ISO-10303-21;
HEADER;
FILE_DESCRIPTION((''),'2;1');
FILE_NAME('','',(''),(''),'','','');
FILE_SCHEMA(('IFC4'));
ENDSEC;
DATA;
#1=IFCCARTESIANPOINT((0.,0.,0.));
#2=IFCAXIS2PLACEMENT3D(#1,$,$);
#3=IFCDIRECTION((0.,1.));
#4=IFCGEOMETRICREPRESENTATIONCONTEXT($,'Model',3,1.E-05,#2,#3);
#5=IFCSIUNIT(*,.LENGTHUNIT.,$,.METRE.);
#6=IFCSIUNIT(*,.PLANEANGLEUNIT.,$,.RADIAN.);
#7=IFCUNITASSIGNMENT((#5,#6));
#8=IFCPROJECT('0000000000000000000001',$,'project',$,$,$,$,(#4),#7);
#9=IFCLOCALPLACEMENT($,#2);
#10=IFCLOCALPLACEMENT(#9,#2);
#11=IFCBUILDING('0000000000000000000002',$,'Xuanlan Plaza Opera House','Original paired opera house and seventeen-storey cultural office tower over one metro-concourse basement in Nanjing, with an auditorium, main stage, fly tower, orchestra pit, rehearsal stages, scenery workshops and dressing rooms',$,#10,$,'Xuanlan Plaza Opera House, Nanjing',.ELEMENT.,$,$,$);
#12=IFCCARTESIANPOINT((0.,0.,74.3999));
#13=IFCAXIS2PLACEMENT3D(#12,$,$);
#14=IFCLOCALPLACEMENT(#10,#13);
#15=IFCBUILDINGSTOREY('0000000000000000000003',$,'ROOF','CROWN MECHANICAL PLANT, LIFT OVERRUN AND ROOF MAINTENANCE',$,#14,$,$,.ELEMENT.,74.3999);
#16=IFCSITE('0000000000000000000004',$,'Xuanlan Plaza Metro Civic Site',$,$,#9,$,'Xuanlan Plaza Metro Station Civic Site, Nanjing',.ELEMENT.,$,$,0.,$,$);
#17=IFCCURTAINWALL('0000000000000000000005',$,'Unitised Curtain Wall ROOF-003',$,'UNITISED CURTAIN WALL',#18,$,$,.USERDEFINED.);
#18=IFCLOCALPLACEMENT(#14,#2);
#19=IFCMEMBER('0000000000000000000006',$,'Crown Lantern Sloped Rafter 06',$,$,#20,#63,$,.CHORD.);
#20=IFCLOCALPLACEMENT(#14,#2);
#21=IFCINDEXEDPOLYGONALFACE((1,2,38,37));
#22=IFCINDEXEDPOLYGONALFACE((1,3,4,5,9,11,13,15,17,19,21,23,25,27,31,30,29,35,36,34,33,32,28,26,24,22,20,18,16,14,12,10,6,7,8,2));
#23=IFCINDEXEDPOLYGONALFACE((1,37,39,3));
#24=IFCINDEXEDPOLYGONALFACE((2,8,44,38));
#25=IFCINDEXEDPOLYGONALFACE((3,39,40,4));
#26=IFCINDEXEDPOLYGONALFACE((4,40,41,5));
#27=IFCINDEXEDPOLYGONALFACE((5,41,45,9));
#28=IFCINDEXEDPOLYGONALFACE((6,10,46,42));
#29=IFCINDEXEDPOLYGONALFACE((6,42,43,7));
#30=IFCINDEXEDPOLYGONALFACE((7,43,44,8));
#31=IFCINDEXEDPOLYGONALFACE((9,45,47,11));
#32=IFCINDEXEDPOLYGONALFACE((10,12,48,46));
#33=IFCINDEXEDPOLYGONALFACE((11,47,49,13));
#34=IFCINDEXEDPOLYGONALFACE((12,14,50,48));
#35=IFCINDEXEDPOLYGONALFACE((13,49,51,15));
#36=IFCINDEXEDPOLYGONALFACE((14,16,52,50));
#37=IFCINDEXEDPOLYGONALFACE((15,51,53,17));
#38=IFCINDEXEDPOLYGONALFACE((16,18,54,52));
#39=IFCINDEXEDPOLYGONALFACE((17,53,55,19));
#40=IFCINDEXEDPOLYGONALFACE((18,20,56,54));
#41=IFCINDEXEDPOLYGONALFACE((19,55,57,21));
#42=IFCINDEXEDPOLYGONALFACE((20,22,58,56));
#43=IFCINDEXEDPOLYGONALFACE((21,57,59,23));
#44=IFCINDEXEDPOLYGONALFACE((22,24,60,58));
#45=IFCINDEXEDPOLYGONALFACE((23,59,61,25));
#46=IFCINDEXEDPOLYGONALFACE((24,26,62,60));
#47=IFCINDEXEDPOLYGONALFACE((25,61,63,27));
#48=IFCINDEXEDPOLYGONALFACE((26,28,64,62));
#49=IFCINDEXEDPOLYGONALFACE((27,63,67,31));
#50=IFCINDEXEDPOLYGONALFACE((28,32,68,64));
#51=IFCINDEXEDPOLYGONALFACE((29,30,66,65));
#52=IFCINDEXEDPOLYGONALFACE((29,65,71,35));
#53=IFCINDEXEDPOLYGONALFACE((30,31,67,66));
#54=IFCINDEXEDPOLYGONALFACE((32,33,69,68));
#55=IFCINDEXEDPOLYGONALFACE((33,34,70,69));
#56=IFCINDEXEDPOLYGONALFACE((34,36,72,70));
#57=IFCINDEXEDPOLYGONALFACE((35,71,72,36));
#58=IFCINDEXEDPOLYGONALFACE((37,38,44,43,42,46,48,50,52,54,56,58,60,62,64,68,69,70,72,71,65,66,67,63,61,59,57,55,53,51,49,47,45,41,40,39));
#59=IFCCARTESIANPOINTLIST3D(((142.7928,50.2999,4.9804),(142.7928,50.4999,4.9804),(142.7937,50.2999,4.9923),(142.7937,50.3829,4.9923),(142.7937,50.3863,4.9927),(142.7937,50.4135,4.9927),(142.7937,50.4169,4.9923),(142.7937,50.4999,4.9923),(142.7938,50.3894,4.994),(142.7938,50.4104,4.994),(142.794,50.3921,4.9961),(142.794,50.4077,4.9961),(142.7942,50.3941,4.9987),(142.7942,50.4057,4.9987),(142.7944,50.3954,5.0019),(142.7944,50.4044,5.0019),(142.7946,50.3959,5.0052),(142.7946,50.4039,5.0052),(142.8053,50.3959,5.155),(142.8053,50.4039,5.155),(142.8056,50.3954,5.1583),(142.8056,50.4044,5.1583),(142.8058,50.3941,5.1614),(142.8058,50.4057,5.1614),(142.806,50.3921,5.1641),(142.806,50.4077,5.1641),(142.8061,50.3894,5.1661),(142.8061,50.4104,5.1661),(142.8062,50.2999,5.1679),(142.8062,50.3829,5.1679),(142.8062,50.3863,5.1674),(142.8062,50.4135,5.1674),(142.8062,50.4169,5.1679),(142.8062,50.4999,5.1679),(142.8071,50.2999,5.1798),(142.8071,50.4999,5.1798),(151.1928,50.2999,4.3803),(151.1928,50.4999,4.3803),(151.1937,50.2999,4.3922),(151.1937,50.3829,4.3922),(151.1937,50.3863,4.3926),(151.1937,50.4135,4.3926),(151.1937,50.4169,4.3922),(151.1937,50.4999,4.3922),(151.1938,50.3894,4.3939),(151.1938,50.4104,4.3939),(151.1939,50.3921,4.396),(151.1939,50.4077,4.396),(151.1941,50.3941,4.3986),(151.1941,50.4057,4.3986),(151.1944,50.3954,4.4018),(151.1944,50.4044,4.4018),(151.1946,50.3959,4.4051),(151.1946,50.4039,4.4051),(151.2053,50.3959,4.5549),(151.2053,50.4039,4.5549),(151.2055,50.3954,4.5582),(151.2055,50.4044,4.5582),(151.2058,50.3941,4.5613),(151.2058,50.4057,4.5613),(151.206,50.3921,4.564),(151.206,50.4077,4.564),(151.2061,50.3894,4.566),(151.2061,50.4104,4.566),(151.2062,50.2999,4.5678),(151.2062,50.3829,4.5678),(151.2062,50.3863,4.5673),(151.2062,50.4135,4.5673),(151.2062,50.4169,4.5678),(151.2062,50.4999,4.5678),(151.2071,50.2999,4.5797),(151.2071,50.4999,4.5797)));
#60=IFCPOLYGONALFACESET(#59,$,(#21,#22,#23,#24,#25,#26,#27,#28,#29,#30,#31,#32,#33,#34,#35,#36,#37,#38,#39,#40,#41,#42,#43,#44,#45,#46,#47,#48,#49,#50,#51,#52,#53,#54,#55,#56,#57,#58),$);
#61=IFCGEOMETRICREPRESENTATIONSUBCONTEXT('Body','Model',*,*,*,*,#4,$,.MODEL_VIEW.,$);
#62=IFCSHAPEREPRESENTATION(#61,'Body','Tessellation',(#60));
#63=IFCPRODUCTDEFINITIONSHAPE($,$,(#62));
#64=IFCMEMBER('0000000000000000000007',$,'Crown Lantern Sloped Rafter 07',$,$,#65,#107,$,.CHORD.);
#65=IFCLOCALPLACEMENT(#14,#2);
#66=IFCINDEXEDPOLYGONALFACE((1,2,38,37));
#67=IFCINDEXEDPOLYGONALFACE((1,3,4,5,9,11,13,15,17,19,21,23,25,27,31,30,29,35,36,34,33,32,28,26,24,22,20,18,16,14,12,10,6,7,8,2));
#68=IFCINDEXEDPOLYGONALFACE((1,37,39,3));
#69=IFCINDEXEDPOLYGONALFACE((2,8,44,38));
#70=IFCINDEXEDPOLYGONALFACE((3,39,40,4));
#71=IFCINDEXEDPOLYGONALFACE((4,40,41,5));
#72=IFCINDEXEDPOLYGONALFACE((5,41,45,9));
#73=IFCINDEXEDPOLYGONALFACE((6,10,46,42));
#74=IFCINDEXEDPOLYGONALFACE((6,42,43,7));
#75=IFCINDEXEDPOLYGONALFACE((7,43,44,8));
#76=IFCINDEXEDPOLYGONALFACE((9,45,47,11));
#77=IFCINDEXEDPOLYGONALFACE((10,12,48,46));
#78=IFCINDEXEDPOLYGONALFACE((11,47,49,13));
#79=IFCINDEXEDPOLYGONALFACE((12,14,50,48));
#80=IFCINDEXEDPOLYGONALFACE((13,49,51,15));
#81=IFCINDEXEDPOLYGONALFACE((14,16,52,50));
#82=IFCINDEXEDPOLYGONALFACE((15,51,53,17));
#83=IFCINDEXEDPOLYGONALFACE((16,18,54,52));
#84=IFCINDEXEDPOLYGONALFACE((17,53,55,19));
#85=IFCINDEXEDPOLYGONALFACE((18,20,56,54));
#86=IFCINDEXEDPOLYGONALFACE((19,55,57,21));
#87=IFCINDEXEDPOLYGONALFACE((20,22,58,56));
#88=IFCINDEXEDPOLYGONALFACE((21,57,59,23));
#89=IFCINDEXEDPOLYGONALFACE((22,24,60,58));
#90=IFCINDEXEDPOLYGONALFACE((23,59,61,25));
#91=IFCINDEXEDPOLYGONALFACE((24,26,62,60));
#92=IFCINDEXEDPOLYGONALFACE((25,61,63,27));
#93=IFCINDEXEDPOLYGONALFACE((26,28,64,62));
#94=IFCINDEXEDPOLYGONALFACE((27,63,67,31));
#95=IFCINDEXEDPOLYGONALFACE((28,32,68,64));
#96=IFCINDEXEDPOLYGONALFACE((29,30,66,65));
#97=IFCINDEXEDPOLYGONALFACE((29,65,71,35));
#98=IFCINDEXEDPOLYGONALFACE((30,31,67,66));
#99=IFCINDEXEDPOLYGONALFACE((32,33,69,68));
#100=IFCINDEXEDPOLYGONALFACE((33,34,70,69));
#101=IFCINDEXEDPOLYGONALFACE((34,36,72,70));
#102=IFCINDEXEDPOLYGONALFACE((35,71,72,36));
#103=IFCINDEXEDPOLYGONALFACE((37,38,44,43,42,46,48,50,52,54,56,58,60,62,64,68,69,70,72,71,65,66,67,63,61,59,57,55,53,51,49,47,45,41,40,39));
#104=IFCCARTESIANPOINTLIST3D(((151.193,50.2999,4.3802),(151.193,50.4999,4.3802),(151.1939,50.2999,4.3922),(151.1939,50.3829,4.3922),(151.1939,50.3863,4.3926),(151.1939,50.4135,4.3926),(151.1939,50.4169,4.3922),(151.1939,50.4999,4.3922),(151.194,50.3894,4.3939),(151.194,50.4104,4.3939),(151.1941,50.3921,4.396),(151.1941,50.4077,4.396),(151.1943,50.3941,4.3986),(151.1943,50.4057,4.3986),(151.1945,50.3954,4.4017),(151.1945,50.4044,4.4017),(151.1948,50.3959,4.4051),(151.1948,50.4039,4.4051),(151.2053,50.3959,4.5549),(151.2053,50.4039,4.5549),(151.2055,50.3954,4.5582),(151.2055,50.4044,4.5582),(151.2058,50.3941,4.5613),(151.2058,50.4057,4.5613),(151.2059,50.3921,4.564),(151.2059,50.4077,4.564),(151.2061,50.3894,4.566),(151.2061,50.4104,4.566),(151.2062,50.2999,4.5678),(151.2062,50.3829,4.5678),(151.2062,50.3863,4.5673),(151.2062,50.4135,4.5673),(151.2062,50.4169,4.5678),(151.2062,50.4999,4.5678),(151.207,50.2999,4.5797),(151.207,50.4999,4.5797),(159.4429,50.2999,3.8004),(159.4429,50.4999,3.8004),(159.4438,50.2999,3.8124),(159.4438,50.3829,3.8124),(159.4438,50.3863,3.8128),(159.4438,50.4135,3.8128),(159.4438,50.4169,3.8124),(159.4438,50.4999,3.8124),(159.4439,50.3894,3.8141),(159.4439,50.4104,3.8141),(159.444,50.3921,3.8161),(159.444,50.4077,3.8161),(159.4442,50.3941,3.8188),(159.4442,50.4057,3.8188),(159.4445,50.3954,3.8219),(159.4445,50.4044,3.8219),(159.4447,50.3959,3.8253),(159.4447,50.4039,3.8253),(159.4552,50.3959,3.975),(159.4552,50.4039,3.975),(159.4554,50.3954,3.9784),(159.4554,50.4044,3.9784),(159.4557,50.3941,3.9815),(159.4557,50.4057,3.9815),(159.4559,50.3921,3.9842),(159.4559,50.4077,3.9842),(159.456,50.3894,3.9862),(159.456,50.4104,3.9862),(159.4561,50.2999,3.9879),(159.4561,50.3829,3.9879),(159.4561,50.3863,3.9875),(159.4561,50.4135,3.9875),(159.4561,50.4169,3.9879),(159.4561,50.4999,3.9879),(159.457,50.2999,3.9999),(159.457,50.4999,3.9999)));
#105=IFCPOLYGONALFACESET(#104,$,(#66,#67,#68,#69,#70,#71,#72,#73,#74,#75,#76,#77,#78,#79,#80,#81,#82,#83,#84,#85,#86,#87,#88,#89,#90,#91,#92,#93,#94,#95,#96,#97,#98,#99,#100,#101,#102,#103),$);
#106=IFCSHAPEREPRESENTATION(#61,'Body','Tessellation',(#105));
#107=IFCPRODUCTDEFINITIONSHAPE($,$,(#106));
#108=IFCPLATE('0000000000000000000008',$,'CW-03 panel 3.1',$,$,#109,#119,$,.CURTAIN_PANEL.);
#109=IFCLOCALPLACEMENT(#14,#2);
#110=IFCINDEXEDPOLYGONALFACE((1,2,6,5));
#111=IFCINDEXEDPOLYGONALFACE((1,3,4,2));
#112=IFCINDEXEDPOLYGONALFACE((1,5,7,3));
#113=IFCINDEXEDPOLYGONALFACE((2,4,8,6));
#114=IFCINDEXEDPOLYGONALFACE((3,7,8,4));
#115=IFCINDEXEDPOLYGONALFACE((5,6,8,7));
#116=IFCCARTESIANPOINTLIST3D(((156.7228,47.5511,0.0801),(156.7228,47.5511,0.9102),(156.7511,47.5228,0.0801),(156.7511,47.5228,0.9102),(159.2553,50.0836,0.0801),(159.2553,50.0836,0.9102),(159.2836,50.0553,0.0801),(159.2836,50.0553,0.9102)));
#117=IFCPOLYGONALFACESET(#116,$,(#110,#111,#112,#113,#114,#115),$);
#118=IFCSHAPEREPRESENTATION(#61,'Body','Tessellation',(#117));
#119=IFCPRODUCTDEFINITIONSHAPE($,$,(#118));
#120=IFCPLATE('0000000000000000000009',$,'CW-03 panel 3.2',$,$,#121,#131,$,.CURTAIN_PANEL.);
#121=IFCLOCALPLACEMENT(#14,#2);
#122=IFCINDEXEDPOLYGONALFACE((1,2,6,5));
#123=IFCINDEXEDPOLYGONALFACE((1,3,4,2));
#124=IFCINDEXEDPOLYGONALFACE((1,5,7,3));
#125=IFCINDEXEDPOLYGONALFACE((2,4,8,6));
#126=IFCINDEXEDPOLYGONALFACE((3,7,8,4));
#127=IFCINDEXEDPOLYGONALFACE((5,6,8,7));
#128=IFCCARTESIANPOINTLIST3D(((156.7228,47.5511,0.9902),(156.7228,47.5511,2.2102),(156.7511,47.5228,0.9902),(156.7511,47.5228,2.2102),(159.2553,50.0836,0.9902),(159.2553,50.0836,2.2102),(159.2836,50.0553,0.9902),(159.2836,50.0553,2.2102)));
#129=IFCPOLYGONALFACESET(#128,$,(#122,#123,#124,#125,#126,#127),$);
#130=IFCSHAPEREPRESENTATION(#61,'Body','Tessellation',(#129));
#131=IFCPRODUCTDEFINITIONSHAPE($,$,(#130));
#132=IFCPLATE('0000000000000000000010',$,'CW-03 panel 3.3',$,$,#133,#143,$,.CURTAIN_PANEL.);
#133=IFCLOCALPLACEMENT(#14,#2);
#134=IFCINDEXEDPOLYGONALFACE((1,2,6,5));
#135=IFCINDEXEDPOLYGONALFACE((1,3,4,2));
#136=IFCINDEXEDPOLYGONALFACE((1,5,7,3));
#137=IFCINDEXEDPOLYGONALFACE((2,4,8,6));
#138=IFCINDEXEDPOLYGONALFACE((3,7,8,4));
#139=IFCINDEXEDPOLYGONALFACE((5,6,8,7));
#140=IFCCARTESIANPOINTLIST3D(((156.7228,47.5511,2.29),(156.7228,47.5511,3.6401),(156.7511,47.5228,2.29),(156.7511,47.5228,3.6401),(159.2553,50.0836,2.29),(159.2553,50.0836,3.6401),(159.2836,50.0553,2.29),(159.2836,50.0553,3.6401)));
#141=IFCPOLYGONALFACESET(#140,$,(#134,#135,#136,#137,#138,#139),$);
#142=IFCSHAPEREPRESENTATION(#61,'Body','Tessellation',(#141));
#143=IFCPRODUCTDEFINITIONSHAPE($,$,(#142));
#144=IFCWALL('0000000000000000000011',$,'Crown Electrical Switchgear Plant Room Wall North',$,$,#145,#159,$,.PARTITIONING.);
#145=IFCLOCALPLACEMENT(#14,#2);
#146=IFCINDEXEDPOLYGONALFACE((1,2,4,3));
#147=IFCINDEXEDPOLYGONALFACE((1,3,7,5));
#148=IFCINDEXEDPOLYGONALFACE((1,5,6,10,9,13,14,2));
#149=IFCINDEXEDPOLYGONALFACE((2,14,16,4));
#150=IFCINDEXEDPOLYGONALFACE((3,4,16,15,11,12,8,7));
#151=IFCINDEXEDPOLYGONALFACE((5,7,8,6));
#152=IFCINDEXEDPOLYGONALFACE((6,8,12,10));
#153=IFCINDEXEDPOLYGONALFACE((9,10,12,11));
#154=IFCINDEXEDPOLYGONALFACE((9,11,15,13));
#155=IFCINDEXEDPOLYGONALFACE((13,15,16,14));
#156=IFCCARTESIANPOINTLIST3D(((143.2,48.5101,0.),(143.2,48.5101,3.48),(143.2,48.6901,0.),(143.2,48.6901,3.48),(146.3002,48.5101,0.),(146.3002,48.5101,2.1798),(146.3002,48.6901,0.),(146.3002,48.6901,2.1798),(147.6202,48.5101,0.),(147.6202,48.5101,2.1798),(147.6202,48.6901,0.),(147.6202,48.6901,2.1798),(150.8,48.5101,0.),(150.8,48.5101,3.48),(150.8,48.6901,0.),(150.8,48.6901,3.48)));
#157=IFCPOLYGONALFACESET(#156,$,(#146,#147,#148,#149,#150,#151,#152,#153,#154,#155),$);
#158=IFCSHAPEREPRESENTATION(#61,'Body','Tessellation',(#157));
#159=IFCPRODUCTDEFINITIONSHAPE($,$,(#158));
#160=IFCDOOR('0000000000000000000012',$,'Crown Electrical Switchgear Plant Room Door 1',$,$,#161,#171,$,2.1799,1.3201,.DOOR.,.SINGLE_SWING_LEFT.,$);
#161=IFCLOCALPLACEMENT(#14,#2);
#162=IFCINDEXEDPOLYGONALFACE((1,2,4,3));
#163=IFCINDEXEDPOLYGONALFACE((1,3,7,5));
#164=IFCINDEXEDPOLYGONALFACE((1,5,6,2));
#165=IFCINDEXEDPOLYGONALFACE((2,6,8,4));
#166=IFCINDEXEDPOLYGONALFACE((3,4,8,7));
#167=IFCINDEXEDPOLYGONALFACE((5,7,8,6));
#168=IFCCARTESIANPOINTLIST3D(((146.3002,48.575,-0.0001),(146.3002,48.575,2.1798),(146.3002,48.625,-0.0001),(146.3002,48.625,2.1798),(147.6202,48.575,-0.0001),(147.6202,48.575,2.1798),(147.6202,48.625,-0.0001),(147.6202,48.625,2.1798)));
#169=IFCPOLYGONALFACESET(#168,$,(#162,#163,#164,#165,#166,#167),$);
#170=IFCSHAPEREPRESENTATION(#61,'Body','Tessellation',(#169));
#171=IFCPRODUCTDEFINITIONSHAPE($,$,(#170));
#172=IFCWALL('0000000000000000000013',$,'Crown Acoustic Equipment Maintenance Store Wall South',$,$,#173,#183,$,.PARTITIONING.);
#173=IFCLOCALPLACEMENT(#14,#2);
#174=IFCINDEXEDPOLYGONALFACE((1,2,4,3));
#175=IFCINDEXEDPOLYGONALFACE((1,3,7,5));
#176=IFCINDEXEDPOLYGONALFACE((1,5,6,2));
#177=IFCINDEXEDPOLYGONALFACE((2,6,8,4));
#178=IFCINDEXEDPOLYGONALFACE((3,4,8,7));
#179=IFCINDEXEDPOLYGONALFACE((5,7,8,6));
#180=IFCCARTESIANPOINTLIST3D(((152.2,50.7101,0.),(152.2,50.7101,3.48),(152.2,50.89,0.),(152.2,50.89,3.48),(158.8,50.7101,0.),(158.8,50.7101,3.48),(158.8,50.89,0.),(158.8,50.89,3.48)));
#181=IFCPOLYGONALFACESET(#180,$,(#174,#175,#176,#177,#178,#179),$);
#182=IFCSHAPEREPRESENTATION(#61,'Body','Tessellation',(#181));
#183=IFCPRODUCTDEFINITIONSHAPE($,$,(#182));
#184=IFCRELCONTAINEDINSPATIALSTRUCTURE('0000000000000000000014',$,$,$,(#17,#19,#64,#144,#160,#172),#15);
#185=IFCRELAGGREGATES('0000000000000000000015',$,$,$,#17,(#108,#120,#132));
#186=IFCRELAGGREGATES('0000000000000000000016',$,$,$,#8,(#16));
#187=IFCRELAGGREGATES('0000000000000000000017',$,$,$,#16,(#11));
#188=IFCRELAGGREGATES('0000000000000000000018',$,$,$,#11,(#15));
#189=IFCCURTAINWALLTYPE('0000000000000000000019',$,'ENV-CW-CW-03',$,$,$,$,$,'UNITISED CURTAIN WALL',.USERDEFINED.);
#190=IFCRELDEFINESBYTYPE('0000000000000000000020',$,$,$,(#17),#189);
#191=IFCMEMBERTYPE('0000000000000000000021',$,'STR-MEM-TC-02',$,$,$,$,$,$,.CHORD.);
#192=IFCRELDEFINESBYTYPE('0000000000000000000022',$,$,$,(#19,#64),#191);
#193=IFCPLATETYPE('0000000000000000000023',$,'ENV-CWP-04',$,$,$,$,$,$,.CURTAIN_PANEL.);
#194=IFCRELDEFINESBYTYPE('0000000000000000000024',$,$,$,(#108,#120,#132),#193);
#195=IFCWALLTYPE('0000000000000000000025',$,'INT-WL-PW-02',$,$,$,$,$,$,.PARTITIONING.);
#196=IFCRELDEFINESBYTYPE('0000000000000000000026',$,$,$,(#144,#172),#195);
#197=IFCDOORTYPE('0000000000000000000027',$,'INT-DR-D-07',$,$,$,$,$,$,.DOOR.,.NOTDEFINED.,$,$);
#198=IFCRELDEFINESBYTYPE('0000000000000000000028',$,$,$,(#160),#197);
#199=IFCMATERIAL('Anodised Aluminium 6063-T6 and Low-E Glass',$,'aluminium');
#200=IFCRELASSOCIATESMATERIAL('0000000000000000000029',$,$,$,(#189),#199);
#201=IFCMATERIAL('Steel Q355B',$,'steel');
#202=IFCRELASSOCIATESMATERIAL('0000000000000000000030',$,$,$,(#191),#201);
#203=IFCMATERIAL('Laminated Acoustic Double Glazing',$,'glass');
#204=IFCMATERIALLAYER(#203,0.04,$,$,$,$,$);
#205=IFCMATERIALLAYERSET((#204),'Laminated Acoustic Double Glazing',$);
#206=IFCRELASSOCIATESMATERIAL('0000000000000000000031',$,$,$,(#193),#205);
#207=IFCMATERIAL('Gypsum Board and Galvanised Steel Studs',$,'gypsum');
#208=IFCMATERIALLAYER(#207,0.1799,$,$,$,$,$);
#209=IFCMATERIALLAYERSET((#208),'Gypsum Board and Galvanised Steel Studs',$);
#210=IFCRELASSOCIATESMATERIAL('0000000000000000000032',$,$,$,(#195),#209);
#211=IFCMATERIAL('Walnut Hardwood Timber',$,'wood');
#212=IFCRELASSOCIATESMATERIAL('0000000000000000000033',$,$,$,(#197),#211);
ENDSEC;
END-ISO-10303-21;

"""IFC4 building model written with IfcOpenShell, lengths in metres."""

from ifc_helpers import new_model, si_unit, direction, frame, frame_2d, origin, origin_2d, place, context, subcontext, project, spatial, rectangle, i_section, extrude, material, layer, layer_set, material_profile, profile_set, type_object, element, fill, aggregate, save


model = new_model("IFC4")

# Units and contexts
model_context = context("Model", 3, precision=1e-05, world=origin(), true_north=direction((0.0, 1.0)))
body_context = subcontext(model_context, "Body", "Model", "MODEL_VIEW")
ifc_project = project(units=[si_unit("LENGTHUNIT", "METRE"), si_unit("PLANEANGLEUNIT", "RADIAN")], contexts=[model_context])

# Site, building, storey
site_placement = place(None, origin())
site = spatial("IfcSite", under=ifc_project, at=site_placement, Name="Xuanlan Plaza Metro Civic Site", LongName="Xuanlan Plaza Metro Station Civic Site, Nanjing", CompositionType="ELEMENT", RefElevation=0.0)
building_placement = place(site_placement, origin())
building = spatial("IfcBuilding", under=site, at=building_placement, Name="Xuanlan Plaza Opera House", Description="Original paired opera house and seventeen-storey cultural office tower over one metro-concourse basement in Nanjing, with an auditorium, main stage, fly tower, orchestra pit, rehearsal stages, scenery workshops and dressing rooms", LongName="Xuanlan Plaza Opera House, Nanjing", CompositionType="ELEMENT")
storey_placement = place(building_placement, frame((0.0, 0.0, 74.3999)))
storey = spatial("IfcBuildingStorey", under=building, at=storey_placement, Name="ROOF", Description="CROWN MECHANICAL PLANT, LIFT OVERRUN AND ROOF MAINTENANCE", CompositionType="ELEMENT", Elevation=74.3999)

# Shared definitions
ifc_material_1 = material(Name="Steel Q355B", Category="steel")

# Curtain wall
ifc_material_2 = material(Name="Anodised Aluminium 6063-T6 and Low-E Glass", Category="aluminium")
curtain_wall_type = type_object("IfcCurtainWallType", Name="ENV-CW-CW-03", ElementType="UNITISED CURTAIN WALL", PredefinedType="USERDEFINED", material=ifc_material_2)
curtain_wall_placement = place(storey_placement, origin())
curtain_wall = element("IfcCurtainWall", 1, at=curtain_wall_placement, inside=storey, type_object=curtain_wall_type, Name="Unitised Curtain Wall ROOF-003", ObjectType="UNITISED CURTAIN WALL", PredefinedType="USERDEFINED")

# Members
ifc_material_profile_1 = material_profile(ifc_material_1, i_section(OverallWidth=0.2, OverallDepth=0.2, WebThickness=0.0081, FlangeThickness=0.012, FilletRadius=0.0129, at=origin_2d()), Name="HW 200x200x8x12")
ifc_profile_set_1 = profile_set([ifc_material_profile_1], Name="Steel Q355B")
member_type_1 = type_object("IfcMemberType", Name="STR-MEM-TC-02", PredefinedType="CHORD", material=ifc_profile_set_1)
member_1_placement = place(storey_placement, frame((151.2, 50.3999, 4.48), z_axis=(-0.997458, 0.0, 0.071259), x_axis=(0.0, -1.0, 0.0)))
element("IfcMember", 2, at=member_1_placement, inside=storey, type_object=member_type_1, Name="Crown Lantern Sloped Rafter 06", PredefinedType="CHORD", context=body_context, shape_type="SweptSolid", body=[
    extrude(i_section(OverallWidth=0.2, OverallDepth=0.2, WebThickness=0.0081, FlangeThickness=0.012, FilletRadius=0.0129, at=origin_2d()), origin(), (0.0, 0.0, 1.0), 8.4214),
])
member_2_placement = place(storey_placement, frame((159.45, 50.3999, 3.9001), z_axis=(-0.997539, 0.0, 0.07011), x_axis=(0.0, -1.0, 0.0)))
element("IfcMember", 3, at=member_2_placement, inside=storey, type_object=member_type_1, Name="Crown Lantern Sloped Rafter 07", PredefinedType="CHORD", context=body_context, shape_type="SweptSolid", body=[
    extrude(i_section(OverallWidth=0.2, OverallDepth=0.2, WebThickness=0.0081, FlangeThickness=0.012, FilletRadius=0.0129, at=origin_2d()), origin(), (0.0, 0.0, 1.0), 8.2703),
])

# Plates
ifc_material_3 = material(Name="Laminated Acoustic Double Glazing", Category="glass")
ifc_layer_1 = layer(ifc_material_3, 0.04)
ifc_layer_set_1 = layer_set([ifc_layer_1], Name="Laminated Acoustic Double Glazing")
plate_type = type_object("IfcPlateType", Name="ENV-CWP-04", PredefinedType="CURTAIN_PANEL", material=ifc_layer_set_1)
plate_1_placement = place(storey_placement, frame((158.0032, 48.8032, 0.0801), z_axis=(0.0, 0.0, 1.0), x_axis=(0.707107, 0.707107, 0.0)))
plate_1 = element("IfcPlate", 4, at=plate_1_placement, type_object=plate_type, Name="CW-03 panel 3.1", PredefinedType="CURTAIN_PANEL", context=body_context, shape_type="SweptSolid", body=[
    extrude(rectangle(XDim=3.5815, YDim=0.04, at=origin_2d()), origin(), (0.0, 0.0, 1.0), 0.8301),
])
plate_2_placement = place(storey_placement, frame((158.0032, 48.8032, 0.9902), z_axis=(0.0, 0.0, 1.0), x_axis=(0.707107, 0.707107, 0.0)))
plate_2 = element("IfcPlate", 5, at=plate_2_placement, type_object=plate_type, Name="CW-03 panel 3.2", PredefinedType="CURTAIN_PANEL", context=body_context, shape_type="SweptSolid", body=[
    extrude(rectangle(XDim=3.5815, YDim=0.04, at=origin_2d()), origin(), (0.0, 0.0, 1.0), 1.22),
])
plate_3_placement = place(storey_placement, frame((158.0032, 48.8032, 2.29), z_axis=(0.0, 0.0, 1.0), x_axis=(0.707107, 0.707107, 0.0)))
plate_3 = element("IfcPlate", 6, at=plate_3_placement, type_object=plate_type, Name="CW-03 panel 3.3", PredefinedType="CURTAIN_PANEL", context=body_context, shape_type="SweptSolid", body=[
    extrude(rectangle(XDim=3.5815, YDim=0.04, at=origin_2d()), origin(), (0.0, 0.0, 1.0), 1.3501),
])
aggregate(curtain_wall, [plate_1, plate_2, plate_3])

# Wall, opening, door
ifc_material_4 = material(Name="Gypsum Board and Galvanised Steel Studs", Category="gypsum")
ifc_layer_2 = layer(ifc_material_4, 0.1799)
ifc_layer_set_2 = layer_set([ifc_layer_2], Name="Gypsum Board and Galvanised Steel Studs")
wall_type_1 = type_object("IfcWallType", Name="INT-WL-PW-02", PredefinedType="PARTITIONING", material=ifc_layer_set_2)
wall_1_placement = place(storey_placement, frame((143.2, 48.6001, 0.0), z_axis=(0.0, 0.0, 1.0), x_axis=(1.0, 0.0, 0.0)))
wall_1 = element("IfcWall", 7, at=wall_1_placement, inside=storey, type_object=wall_type_1, Name="Crown Electrical Switchgear Plant Room Wall North", PredefinedType="PARTITIONING", context=body_context, shape_type="SweptSolid", body=[
    extrude(rectangle(XDim=7.6001, YDim=0.1799, at=frame_2d((3.8, 0.0))), origin(), (0.0, 0.0, 1.0), 3.48),
])
opening_1_placement = place(wall_1_placement, frame((3.1001, 0.0, 0.0)))
opening_1 = element("IfcOpeningElement", 8, at=opening_1_placement, cuts=wall_1, PredefinedType="OPENING", context=body_context, shape_type="SweptSolid", body=[
    extrude(rectangle(XDim=1.3201, YDim=2.1799, at=frame_2d((0.6602, 1.0898))), frame((0.0, 0.0999, 0.0), z_axis=(0.0, -1.0, 0.0), x_axis=(1.0, 0.0, 0.0)), (0.0, 0.0, 1.0), 0.2),
])
ifc_material_5 = material(Name="Walnut Hardwood Timber", Category="wood")
door_type_1 = type_object("IfcDoorType", Name="INT-DR-D-07", OperationType="NOTDEFINED", PredefinedType="DOOR", material=ifc_material_5)
door_1_placement = place(opening_1_placement, origin())
door_1 = element("IfcDoor", 9, at=door_1_placement, inside=storey, type_object=door_type_1, Name="Crown Electrical Switchgear Plant Room Door 1", OperationType="SINGLE_SWING_LEFT", OverallHeight=2.1799, OverallWidth=1.3201, PredefinedType="DOOR", context=body_context, shape_type="SweptSolid", body=[
    extrude(rectangle(XDim=1.3201, YDim=2.1799, at=frame_2d((0.6602, 1.0898))), frame((0.0, 0.0249, 0.0), z_axis=(0.0, -1.0, 0.0), x_axis=(1.0, 0.0, 0.0)), (0.0, 0.0, 1.0), 0.05),
])
fill(opening_1, door_1)

# Wall
wall_2_placement = place(storey_placement, frame((152.2, 50.8, 0.0), z_axis=(0.0, 0.0, 1.0), x_axis=(1.0, 0.0, 0.0)))
element("IfcWall", 10, at=wall_2_placement, inside=storey, type_object=wall_type_1, Name="Crown Acoustic Equipment Maintenance Store Wall South", PredefinedType="PARTITIONING", context=body_context, shape_type="SweptSolid", body=[
    extrude(rectangle(XDim=6.6001, YDim=0.1799, at=frame_2d((3.3, 0.0))), origin(), (0.0, 0.0, 1.0), 3.48),
])

save(model, "model.ifc")
